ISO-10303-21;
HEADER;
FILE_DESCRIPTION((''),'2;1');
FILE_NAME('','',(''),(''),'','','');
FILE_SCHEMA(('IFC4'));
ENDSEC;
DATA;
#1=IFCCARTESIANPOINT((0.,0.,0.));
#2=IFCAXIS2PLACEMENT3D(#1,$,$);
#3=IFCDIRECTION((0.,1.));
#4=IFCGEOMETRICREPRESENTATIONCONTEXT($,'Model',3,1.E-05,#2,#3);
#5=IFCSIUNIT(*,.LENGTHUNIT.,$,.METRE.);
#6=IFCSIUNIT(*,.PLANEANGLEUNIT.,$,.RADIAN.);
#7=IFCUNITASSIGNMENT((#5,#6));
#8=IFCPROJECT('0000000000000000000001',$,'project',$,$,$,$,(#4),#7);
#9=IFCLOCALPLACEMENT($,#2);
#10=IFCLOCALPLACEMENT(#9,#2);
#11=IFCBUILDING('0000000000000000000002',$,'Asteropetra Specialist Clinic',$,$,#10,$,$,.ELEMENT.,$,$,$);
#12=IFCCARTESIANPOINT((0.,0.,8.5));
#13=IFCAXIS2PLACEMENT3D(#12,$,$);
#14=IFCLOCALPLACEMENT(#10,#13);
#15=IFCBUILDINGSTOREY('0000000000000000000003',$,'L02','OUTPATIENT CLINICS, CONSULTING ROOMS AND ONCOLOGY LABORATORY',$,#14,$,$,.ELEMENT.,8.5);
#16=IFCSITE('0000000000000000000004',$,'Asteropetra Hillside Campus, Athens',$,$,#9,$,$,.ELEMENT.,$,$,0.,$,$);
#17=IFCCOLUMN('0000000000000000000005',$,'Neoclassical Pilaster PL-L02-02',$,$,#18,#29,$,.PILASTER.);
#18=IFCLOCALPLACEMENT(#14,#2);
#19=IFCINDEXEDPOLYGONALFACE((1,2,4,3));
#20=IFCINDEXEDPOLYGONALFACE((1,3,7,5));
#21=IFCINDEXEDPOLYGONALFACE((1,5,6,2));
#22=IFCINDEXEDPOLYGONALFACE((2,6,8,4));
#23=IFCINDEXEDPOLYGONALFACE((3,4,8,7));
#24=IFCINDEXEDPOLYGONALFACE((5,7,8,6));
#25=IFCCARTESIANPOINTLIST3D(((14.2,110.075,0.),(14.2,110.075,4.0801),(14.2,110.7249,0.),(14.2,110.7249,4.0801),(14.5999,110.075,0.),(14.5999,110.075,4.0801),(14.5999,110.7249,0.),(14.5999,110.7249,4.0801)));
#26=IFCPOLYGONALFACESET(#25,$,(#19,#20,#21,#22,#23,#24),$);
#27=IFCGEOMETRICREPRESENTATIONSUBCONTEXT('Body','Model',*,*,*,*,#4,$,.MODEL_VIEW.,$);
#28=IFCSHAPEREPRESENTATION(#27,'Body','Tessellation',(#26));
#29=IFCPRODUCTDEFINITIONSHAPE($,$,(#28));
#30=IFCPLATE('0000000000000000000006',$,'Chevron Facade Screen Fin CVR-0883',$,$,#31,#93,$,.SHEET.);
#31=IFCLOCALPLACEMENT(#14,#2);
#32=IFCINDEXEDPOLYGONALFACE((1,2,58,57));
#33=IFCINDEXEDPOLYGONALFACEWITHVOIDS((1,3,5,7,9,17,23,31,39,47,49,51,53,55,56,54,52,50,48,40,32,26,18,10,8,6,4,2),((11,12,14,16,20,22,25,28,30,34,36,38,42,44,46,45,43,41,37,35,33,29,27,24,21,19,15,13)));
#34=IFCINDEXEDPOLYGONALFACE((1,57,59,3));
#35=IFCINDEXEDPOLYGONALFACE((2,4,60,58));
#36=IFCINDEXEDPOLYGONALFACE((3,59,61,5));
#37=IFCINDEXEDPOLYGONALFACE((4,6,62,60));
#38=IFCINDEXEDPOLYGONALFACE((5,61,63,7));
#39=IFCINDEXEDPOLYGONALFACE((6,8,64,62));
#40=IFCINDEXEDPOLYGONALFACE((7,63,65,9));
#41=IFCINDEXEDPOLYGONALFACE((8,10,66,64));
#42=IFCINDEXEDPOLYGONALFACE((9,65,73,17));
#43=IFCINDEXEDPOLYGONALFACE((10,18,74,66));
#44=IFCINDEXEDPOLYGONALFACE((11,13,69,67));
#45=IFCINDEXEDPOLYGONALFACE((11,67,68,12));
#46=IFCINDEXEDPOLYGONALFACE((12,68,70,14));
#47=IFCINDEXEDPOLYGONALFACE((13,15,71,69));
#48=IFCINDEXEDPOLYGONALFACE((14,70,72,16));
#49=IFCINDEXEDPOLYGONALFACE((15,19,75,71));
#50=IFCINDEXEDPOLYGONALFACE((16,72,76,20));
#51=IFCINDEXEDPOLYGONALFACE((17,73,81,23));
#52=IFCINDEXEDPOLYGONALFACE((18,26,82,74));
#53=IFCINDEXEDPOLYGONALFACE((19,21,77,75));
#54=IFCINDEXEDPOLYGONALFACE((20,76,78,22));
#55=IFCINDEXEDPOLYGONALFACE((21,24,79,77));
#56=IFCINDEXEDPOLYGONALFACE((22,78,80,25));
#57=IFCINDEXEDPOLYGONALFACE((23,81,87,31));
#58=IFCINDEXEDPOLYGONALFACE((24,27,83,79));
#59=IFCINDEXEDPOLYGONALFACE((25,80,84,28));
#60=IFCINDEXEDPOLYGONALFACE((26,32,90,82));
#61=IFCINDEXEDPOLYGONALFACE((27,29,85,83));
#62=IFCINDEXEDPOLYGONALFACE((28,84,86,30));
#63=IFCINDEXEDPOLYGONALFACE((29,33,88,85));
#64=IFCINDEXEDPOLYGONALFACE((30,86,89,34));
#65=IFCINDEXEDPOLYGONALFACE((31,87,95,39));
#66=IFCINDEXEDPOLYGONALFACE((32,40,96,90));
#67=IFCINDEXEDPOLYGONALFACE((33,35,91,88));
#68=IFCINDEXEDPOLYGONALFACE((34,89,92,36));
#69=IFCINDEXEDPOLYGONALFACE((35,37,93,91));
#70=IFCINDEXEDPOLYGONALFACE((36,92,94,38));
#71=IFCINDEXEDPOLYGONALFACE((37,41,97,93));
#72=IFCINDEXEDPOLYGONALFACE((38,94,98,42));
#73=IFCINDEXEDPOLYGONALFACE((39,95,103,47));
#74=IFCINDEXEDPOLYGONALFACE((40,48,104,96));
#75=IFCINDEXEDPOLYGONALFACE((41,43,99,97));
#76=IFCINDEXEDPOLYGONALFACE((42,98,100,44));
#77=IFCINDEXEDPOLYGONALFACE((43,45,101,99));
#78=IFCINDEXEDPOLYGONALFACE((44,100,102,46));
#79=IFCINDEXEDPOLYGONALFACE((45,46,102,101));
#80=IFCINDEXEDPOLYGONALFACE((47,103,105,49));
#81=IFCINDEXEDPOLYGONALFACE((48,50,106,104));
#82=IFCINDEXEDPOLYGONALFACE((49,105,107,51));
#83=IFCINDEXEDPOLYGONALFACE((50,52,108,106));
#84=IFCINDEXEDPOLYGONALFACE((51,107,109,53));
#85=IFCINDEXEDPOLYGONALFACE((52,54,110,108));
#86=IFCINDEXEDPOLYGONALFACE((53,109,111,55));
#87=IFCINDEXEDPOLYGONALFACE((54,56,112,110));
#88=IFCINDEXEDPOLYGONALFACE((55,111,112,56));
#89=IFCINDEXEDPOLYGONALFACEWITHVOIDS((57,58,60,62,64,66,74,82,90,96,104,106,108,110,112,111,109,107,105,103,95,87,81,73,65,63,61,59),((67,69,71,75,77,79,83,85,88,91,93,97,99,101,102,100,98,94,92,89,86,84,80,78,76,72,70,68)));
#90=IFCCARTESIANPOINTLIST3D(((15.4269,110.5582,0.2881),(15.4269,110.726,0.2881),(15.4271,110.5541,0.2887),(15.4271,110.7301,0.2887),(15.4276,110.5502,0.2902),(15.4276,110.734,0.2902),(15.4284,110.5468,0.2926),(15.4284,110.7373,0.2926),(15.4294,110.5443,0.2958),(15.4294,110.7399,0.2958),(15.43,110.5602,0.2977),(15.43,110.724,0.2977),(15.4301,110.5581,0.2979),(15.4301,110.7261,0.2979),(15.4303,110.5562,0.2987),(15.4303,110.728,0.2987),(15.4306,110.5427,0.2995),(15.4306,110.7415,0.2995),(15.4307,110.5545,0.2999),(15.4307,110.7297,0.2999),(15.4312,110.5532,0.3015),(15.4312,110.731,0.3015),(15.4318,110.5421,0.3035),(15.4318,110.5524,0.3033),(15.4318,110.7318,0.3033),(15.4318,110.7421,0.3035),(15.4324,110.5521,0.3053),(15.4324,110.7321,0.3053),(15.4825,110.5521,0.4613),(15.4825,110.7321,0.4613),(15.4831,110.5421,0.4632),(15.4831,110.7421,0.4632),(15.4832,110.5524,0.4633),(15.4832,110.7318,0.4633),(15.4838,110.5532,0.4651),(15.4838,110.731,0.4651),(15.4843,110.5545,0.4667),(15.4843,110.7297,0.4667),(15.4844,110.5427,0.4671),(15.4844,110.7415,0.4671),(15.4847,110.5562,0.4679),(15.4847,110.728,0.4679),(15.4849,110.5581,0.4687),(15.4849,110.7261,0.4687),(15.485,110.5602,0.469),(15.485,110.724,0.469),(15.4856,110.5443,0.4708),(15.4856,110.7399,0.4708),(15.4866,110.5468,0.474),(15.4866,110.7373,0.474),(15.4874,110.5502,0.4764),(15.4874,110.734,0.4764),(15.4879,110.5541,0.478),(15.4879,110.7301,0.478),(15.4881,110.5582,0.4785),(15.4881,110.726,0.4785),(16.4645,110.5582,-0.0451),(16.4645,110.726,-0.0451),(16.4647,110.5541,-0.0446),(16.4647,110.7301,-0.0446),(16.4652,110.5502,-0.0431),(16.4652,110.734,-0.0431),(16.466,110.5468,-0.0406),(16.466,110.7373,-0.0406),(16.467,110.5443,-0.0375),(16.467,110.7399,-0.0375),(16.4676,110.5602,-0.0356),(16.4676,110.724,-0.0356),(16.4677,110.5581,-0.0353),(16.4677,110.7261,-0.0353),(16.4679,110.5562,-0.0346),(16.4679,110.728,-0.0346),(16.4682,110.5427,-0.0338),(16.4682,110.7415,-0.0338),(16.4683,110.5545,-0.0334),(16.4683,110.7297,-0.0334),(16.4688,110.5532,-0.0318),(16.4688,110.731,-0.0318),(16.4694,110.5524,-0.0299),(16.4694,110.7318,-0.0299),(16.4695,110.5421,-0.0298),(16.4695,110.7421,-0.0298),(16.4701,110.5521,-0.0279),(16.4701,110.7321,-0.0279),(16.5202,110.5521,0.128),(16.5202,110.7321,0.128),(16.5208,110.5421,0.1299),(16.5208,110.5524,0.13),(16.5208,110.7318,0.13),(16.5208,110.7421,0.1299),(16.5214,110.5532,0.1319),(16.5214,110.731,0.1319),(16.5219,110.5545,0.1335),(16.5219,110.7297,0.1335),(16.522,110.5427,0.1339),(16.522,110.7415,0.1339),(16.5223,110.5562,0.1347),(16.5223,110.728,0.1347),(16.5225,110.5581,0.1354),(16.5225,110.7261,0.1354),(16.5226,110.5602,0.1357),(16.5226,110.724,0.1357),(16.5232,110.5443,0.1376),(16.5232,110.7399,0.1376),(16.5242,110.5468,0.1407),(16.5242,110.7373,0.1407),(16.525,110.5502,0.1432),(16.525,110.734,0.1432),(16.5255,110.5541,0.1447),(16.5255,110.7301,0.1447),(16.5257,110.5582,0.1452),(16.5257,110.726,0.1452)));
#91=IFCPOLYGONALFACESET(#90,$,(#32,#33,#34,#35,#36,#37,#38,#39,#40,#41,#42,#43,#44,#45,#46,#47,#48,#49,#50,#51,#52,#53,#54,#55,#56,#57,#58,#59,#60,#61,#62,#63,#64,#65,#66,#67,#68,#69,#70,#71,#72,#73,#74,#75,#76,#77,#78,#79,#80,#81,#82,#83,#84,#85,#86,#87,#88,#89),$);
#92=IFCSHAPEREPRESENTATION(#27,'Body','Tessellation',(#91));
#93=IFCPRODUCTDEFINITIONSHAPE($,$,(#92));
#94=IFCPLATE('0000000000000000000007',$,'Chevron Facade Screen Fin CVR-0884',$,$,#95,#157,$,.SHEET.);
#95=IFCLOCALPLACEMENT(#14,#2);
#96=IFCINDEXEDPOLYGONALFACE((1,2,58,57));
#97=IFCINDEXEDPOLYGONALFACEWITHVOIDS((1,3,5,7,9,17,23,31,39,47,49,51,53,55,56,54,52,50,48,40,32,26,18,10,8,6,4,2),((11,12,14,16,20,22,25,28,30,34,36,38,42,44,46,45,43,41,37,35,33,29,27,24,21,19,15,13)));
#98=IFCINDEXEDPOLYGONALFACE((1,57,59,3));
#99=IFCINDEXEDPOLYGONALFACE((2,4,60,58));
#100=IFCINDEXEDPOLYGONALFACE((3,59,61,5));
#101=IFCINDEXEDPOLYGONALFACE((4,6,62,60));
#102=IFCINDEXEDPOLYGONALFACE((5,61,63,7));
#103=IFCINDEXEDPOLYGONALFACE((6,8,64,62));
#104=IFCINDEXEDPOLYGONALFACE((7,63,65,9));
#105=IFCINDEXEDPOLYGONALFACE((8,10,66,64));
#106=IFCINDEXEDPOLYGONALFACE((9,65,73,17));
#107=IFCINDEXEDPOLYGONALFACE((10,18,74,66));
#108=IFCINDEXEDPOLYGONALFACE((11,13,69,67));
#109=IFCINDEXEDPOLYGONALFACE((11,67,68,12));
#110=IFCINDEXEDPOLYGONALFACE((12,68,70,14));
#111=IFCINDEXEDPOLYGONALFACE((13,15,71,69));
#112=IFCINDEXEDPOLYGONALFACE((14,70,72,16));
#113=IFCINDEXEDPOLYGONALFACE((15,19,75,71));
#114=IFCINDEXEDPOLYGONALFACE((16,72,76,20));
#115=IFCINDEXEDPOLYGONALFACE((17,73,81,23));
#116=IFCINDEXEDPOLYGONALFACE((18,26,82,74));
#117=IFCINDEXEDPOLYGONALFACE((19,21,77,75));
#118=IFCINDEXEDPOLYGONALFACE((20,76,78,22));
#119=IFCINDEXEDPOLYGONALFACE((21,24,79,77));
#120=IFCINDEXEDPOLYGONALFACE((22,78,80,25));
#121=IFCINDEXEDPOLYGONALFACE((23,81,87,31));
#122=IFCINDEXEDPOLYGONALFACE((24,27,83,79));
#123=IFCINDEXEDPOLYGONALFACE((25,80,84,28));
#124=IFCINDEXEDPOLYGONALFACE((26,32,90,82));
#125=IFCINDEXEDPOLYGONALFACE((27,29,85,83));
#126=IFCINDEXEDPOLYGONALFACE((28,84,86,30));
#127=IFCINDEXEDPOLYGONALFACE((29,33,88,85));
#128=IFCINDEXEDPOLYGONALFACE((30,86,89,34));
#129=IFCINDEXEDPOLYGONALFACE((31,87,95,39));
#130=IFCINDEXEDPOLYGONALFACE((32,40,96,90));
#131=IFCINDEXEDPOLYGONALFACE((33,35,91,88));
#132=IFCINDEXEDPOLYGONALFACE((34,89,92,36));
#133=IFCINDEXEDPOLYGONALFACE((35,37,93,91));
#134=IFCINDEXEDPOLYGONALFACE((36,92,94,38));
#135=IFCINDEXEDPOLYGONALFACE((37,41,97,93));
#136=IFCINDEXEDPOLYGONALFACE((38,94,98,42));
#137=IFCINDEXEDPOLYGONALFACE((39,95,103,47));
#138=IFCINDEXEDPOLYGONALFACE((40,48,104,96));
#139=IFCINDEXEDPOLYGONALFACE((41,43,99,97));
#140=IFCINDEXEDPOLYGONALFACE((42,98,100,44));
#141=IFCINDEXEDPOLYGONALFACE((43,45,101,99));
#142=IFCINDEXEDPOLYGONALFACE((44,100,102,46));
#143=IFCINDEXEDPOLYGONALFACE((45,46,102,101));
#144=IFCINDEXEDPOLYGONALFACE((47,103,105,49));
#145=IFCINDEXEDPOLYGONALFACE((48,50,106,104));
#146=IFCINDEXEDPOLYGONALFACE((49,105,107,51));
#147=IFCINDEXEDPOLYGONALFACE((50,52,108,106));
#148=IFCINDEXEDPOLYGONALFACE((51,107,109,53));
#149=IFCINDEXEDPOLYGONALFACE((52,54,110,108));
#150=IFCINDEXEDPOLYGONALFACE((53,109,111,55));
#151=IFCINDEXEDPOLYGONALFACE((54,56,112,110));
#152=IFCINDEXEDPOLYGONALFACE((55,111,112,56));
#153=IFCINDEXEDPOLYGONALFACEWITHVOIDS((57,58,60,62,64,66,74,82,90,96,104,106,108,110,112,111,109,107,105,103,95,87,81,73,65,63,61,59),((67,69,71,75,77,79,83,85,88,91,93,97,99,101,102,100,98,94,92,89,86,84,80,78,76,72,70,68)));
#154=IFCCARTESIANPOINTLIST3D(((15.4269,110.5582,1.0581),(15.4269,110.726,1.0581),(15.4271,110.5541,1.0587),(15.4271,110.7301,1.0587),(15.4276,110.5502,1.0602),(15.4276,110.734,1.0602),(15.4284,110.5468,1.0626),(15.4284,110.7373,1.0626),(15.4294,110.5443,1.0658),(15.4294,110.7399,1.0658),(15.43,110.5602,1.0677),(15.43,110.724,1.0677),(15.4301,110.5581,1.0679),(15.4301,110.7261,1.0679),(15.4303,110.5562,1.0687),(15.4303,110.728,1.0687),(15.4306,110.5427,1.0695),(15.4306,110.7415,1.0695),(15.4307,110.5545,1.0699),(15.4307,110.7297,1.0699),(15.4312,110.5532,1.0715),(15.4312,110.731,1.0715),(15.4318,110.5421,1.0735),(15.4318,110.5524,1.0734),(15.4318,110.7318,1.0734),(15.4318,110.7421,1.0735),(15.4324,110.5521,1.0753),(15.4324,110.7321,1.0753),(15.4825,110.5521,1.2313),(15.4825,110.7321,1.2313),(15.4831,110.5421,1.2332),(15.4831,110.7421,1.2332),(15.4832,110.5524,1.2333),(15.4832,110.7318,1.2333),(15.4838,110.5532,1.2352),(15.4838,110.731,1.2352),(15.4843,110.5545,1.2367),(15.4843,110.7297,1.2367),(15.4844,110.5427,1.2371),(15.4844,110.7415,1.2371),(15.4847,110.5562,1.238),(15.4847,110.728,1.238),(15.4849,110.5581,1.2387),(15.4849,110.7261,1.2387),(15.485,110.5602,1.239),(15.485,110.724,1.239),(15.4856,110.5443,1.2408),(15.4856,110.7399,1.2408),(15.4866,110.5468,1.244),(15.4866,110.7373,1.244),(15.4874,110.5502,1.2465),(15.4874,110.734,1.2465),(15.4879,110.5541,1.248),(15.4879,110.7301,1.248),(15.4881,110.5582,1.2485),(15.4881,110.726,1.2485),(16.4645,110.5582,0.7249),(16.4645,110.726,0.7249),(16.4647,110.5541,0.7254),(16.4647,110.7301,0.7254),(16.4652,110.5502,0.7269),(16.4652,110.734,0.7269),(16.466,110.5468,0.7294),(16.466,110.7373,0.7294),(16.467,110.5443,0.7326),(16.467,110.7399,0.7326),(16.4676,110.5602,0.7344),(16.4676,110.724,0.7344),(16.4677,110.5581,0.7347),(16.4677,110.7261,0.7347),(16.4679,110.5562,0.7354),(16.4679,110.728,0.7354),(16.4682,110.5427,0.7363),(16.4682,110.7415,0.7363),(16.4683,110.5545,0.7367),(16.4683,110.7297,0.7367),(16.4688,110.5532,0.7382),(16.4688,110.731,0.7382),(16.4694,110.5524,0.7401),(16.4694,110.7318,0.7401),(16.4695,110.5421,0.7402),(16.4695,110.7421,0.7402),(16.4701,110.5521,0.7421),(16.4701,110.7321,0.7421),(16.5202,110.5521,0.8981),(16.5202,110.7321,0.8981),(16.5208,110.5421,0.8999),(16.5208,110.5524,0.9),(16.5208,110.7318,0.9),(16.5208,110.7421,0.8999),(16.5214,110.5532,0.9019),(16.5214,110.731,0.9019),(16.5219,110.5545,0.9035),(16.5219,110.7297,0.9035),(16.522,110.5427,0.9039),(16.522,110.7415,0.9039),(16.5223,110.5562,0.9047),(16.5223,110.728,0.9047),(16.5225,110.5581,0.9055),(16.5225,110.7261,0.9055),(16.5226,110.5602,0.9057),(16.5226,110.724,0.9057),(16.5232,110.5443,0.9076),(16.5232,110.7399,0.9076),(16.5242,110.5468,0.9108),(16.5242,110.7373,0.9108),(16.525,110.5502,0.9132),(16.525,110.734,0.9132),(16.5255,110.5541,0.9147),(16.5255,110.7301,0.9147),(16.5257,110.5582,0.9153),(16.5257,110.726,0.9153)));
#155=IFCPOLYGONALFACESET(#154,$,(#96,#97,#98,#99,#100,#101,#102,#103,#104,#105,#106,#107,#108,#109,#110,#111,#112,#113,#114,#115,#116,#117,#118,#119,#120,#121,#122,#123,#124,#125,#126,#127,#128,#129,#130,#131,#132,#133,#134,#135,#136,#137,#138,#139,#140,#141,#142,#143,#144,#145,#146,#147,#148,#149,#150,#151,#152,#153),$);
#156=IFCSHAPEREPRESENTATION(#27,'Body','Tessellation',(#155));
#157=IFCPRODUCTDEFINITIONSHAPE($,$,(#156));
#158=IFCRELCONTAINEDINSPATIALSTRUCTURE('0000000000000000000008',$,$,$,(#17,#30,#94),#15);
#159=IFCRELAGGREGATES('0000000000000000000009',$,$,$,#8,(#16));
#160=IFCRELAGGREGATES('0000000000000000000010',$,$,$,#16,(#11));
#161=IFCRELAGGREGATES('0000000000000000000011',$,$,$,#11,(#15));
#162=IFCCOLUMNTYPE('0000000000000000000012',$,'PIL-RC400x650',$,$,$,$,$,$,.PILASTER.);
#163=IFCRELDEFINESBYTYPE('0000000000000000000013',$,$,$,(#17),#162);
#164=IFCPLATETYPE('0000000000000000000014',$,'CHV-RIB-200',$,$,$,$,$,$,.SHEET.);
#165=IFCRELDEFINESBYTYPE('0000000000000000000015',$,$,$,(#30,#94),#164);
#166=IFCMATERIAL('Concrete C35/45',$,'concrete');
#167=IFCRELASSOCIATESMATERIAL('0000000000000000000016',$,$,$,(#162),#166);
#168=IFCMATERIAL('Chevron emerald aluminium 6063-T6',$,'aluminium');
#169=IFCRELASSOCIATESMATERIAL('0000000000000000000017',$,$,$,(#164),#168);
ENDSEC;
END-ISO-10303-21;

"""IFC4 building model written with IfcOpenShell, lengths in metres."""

from ifc_helpers import new_model, si_unit, direction, frame, origin, origin_2d, place, context, subcontext, project, spatial, rectangle, hollow_rectangle, extrude, material, material_profile, profile_set, type_object, element, save


model = new_model("IFC4")

# Units and contexts
model_context = context("Model", 3, precision=1e-05, world=origin(), true_north=direction((0.0, 1.0)))
body_context = subcontext(model_context, "Body", "Model", "MODEL_VIEW")
ifc_project = project(units=[si_unit("LENGTHUNIT", "METRE"), si_unit("PLANEANGLEUNIT", "RADIAN")], contexts=[model_context])

# Site, building, storey
site_placement = place(None, origin())
site = spatial("IfcSite", under=ifc_project, at=site_placement, Name="Asteropetra Hillside Campus, Athens", CompositionType="ELEMENT", RefElevation=0.0)
building_placement = place(site_placement, origin())
building = spatial("IfcBuilding", under=site, at=building_placement, Name="Asteropetra Specialist Clinic", CompositionType="ELEMENT")
storey_placement = place(building_placement, frame((0.0, 0.0, 8.5)))
storey = spatial("IfcBuildingStorey", under=building, at=storey_placement, Name="L02", Description="OUTPATIENT CLINICS, CONSULTING ROOMS AND ONCOLOGY LABORATORY", CompositionType="ELEMENT", Elevation=8.5)

# Column
ifc_material_1 = material(Name="Concrete C35/45", Category="concrete")
ifc_material_profile_1 = material_profile(ifc_material_1, rectangle(XDim=0.3999, YDim=0.6499, at=origin_2d()), Name="PIL 400x650")
ifc_profile_set_1 = profile_set([ifc_material_profile_1], Name="Concrete C35/45")
column_type = type_object("IfcColumnType", Name="PIL-RC400x650", PredefinedType="PILASTER", material=ifc_profile_set_1)
column_placement = place(storey_placement, frame((14.3999, 110.3999, 0.0), z_axis=(0.0, 0.0, 1.0), x_axis=(1.0, 0.0, 0.0)))
element("IfcColumn", 1, at=column_placement, inside=storey, type_object=column_type, Name="Neoclassical Pilaster PL-L02-02", PredefinedType="PILASTER", context=body_context, shape_type="SweptSolid", body=[
    extrude(rectangle(XDim=0.3999, YDim=0.6499, at=origin_2d()), origin(), (0.0, 0.0, 1.0), 4.0801),
])

# Plates
ifc_material_2 = material(Name="Chevron emerald aluminium 6063-T6", Category="aluminium")
ifc_material_profile_2 = material_profile(ifc_material_2, hollow_rectangle(XDim=0.2, YDim=0.2, WallThickness=0.01, InnerFilletRadius=0.0081, OuterFilletRadius=0.0161, at=origin_2d()), Name="SHS 200x200x10.0")
ifc_profile_set_2 = profile_set([ifc_material_profile_2], Name="Chevron emerald aluminium 6063-T6")
plate_type_1 = type_object("IfcPlateType", Name="CHV-RIB-200", PredefinedType="SHEET", material=ifc_profile_set_2)
for number, where, z_axis, x_axis, name in (
    (2, (16.4951, 110.6421, 0.05), (-0.952098, 0.0, 0.305792), (0.0, -1.0, 0.0), "Chevron Facade Screen Fin CVR-0883"),
    (3, (16.4951, 110.6421, 0.8201), (-0.952098, 0.0, 0.305792), (0.0, -1.0, 0.0), "Chevron Facade Screen Fin CVR-0884"),
):
    element("IfcPlate", number, at=place(storey_placement, frame(where, z_axis=z_axis, x_axis=x_axis)), inside=storey, type_object=plate_type_1, Name=name, PredefinedType="SHEET", context=body_context, shape_type="SweptSolid", body=[
        extrude(hollow_rectangle(XDim=0.2, YDim=0.2, WallThickness=0.01, InnerFilletRadius=0.0081, OuterFilletRadius=0.0161, at=origin_2d()), origin(), (0.0, 0.0, 1.0), 1.0898),
    ])

save(model, "model.ifc")
